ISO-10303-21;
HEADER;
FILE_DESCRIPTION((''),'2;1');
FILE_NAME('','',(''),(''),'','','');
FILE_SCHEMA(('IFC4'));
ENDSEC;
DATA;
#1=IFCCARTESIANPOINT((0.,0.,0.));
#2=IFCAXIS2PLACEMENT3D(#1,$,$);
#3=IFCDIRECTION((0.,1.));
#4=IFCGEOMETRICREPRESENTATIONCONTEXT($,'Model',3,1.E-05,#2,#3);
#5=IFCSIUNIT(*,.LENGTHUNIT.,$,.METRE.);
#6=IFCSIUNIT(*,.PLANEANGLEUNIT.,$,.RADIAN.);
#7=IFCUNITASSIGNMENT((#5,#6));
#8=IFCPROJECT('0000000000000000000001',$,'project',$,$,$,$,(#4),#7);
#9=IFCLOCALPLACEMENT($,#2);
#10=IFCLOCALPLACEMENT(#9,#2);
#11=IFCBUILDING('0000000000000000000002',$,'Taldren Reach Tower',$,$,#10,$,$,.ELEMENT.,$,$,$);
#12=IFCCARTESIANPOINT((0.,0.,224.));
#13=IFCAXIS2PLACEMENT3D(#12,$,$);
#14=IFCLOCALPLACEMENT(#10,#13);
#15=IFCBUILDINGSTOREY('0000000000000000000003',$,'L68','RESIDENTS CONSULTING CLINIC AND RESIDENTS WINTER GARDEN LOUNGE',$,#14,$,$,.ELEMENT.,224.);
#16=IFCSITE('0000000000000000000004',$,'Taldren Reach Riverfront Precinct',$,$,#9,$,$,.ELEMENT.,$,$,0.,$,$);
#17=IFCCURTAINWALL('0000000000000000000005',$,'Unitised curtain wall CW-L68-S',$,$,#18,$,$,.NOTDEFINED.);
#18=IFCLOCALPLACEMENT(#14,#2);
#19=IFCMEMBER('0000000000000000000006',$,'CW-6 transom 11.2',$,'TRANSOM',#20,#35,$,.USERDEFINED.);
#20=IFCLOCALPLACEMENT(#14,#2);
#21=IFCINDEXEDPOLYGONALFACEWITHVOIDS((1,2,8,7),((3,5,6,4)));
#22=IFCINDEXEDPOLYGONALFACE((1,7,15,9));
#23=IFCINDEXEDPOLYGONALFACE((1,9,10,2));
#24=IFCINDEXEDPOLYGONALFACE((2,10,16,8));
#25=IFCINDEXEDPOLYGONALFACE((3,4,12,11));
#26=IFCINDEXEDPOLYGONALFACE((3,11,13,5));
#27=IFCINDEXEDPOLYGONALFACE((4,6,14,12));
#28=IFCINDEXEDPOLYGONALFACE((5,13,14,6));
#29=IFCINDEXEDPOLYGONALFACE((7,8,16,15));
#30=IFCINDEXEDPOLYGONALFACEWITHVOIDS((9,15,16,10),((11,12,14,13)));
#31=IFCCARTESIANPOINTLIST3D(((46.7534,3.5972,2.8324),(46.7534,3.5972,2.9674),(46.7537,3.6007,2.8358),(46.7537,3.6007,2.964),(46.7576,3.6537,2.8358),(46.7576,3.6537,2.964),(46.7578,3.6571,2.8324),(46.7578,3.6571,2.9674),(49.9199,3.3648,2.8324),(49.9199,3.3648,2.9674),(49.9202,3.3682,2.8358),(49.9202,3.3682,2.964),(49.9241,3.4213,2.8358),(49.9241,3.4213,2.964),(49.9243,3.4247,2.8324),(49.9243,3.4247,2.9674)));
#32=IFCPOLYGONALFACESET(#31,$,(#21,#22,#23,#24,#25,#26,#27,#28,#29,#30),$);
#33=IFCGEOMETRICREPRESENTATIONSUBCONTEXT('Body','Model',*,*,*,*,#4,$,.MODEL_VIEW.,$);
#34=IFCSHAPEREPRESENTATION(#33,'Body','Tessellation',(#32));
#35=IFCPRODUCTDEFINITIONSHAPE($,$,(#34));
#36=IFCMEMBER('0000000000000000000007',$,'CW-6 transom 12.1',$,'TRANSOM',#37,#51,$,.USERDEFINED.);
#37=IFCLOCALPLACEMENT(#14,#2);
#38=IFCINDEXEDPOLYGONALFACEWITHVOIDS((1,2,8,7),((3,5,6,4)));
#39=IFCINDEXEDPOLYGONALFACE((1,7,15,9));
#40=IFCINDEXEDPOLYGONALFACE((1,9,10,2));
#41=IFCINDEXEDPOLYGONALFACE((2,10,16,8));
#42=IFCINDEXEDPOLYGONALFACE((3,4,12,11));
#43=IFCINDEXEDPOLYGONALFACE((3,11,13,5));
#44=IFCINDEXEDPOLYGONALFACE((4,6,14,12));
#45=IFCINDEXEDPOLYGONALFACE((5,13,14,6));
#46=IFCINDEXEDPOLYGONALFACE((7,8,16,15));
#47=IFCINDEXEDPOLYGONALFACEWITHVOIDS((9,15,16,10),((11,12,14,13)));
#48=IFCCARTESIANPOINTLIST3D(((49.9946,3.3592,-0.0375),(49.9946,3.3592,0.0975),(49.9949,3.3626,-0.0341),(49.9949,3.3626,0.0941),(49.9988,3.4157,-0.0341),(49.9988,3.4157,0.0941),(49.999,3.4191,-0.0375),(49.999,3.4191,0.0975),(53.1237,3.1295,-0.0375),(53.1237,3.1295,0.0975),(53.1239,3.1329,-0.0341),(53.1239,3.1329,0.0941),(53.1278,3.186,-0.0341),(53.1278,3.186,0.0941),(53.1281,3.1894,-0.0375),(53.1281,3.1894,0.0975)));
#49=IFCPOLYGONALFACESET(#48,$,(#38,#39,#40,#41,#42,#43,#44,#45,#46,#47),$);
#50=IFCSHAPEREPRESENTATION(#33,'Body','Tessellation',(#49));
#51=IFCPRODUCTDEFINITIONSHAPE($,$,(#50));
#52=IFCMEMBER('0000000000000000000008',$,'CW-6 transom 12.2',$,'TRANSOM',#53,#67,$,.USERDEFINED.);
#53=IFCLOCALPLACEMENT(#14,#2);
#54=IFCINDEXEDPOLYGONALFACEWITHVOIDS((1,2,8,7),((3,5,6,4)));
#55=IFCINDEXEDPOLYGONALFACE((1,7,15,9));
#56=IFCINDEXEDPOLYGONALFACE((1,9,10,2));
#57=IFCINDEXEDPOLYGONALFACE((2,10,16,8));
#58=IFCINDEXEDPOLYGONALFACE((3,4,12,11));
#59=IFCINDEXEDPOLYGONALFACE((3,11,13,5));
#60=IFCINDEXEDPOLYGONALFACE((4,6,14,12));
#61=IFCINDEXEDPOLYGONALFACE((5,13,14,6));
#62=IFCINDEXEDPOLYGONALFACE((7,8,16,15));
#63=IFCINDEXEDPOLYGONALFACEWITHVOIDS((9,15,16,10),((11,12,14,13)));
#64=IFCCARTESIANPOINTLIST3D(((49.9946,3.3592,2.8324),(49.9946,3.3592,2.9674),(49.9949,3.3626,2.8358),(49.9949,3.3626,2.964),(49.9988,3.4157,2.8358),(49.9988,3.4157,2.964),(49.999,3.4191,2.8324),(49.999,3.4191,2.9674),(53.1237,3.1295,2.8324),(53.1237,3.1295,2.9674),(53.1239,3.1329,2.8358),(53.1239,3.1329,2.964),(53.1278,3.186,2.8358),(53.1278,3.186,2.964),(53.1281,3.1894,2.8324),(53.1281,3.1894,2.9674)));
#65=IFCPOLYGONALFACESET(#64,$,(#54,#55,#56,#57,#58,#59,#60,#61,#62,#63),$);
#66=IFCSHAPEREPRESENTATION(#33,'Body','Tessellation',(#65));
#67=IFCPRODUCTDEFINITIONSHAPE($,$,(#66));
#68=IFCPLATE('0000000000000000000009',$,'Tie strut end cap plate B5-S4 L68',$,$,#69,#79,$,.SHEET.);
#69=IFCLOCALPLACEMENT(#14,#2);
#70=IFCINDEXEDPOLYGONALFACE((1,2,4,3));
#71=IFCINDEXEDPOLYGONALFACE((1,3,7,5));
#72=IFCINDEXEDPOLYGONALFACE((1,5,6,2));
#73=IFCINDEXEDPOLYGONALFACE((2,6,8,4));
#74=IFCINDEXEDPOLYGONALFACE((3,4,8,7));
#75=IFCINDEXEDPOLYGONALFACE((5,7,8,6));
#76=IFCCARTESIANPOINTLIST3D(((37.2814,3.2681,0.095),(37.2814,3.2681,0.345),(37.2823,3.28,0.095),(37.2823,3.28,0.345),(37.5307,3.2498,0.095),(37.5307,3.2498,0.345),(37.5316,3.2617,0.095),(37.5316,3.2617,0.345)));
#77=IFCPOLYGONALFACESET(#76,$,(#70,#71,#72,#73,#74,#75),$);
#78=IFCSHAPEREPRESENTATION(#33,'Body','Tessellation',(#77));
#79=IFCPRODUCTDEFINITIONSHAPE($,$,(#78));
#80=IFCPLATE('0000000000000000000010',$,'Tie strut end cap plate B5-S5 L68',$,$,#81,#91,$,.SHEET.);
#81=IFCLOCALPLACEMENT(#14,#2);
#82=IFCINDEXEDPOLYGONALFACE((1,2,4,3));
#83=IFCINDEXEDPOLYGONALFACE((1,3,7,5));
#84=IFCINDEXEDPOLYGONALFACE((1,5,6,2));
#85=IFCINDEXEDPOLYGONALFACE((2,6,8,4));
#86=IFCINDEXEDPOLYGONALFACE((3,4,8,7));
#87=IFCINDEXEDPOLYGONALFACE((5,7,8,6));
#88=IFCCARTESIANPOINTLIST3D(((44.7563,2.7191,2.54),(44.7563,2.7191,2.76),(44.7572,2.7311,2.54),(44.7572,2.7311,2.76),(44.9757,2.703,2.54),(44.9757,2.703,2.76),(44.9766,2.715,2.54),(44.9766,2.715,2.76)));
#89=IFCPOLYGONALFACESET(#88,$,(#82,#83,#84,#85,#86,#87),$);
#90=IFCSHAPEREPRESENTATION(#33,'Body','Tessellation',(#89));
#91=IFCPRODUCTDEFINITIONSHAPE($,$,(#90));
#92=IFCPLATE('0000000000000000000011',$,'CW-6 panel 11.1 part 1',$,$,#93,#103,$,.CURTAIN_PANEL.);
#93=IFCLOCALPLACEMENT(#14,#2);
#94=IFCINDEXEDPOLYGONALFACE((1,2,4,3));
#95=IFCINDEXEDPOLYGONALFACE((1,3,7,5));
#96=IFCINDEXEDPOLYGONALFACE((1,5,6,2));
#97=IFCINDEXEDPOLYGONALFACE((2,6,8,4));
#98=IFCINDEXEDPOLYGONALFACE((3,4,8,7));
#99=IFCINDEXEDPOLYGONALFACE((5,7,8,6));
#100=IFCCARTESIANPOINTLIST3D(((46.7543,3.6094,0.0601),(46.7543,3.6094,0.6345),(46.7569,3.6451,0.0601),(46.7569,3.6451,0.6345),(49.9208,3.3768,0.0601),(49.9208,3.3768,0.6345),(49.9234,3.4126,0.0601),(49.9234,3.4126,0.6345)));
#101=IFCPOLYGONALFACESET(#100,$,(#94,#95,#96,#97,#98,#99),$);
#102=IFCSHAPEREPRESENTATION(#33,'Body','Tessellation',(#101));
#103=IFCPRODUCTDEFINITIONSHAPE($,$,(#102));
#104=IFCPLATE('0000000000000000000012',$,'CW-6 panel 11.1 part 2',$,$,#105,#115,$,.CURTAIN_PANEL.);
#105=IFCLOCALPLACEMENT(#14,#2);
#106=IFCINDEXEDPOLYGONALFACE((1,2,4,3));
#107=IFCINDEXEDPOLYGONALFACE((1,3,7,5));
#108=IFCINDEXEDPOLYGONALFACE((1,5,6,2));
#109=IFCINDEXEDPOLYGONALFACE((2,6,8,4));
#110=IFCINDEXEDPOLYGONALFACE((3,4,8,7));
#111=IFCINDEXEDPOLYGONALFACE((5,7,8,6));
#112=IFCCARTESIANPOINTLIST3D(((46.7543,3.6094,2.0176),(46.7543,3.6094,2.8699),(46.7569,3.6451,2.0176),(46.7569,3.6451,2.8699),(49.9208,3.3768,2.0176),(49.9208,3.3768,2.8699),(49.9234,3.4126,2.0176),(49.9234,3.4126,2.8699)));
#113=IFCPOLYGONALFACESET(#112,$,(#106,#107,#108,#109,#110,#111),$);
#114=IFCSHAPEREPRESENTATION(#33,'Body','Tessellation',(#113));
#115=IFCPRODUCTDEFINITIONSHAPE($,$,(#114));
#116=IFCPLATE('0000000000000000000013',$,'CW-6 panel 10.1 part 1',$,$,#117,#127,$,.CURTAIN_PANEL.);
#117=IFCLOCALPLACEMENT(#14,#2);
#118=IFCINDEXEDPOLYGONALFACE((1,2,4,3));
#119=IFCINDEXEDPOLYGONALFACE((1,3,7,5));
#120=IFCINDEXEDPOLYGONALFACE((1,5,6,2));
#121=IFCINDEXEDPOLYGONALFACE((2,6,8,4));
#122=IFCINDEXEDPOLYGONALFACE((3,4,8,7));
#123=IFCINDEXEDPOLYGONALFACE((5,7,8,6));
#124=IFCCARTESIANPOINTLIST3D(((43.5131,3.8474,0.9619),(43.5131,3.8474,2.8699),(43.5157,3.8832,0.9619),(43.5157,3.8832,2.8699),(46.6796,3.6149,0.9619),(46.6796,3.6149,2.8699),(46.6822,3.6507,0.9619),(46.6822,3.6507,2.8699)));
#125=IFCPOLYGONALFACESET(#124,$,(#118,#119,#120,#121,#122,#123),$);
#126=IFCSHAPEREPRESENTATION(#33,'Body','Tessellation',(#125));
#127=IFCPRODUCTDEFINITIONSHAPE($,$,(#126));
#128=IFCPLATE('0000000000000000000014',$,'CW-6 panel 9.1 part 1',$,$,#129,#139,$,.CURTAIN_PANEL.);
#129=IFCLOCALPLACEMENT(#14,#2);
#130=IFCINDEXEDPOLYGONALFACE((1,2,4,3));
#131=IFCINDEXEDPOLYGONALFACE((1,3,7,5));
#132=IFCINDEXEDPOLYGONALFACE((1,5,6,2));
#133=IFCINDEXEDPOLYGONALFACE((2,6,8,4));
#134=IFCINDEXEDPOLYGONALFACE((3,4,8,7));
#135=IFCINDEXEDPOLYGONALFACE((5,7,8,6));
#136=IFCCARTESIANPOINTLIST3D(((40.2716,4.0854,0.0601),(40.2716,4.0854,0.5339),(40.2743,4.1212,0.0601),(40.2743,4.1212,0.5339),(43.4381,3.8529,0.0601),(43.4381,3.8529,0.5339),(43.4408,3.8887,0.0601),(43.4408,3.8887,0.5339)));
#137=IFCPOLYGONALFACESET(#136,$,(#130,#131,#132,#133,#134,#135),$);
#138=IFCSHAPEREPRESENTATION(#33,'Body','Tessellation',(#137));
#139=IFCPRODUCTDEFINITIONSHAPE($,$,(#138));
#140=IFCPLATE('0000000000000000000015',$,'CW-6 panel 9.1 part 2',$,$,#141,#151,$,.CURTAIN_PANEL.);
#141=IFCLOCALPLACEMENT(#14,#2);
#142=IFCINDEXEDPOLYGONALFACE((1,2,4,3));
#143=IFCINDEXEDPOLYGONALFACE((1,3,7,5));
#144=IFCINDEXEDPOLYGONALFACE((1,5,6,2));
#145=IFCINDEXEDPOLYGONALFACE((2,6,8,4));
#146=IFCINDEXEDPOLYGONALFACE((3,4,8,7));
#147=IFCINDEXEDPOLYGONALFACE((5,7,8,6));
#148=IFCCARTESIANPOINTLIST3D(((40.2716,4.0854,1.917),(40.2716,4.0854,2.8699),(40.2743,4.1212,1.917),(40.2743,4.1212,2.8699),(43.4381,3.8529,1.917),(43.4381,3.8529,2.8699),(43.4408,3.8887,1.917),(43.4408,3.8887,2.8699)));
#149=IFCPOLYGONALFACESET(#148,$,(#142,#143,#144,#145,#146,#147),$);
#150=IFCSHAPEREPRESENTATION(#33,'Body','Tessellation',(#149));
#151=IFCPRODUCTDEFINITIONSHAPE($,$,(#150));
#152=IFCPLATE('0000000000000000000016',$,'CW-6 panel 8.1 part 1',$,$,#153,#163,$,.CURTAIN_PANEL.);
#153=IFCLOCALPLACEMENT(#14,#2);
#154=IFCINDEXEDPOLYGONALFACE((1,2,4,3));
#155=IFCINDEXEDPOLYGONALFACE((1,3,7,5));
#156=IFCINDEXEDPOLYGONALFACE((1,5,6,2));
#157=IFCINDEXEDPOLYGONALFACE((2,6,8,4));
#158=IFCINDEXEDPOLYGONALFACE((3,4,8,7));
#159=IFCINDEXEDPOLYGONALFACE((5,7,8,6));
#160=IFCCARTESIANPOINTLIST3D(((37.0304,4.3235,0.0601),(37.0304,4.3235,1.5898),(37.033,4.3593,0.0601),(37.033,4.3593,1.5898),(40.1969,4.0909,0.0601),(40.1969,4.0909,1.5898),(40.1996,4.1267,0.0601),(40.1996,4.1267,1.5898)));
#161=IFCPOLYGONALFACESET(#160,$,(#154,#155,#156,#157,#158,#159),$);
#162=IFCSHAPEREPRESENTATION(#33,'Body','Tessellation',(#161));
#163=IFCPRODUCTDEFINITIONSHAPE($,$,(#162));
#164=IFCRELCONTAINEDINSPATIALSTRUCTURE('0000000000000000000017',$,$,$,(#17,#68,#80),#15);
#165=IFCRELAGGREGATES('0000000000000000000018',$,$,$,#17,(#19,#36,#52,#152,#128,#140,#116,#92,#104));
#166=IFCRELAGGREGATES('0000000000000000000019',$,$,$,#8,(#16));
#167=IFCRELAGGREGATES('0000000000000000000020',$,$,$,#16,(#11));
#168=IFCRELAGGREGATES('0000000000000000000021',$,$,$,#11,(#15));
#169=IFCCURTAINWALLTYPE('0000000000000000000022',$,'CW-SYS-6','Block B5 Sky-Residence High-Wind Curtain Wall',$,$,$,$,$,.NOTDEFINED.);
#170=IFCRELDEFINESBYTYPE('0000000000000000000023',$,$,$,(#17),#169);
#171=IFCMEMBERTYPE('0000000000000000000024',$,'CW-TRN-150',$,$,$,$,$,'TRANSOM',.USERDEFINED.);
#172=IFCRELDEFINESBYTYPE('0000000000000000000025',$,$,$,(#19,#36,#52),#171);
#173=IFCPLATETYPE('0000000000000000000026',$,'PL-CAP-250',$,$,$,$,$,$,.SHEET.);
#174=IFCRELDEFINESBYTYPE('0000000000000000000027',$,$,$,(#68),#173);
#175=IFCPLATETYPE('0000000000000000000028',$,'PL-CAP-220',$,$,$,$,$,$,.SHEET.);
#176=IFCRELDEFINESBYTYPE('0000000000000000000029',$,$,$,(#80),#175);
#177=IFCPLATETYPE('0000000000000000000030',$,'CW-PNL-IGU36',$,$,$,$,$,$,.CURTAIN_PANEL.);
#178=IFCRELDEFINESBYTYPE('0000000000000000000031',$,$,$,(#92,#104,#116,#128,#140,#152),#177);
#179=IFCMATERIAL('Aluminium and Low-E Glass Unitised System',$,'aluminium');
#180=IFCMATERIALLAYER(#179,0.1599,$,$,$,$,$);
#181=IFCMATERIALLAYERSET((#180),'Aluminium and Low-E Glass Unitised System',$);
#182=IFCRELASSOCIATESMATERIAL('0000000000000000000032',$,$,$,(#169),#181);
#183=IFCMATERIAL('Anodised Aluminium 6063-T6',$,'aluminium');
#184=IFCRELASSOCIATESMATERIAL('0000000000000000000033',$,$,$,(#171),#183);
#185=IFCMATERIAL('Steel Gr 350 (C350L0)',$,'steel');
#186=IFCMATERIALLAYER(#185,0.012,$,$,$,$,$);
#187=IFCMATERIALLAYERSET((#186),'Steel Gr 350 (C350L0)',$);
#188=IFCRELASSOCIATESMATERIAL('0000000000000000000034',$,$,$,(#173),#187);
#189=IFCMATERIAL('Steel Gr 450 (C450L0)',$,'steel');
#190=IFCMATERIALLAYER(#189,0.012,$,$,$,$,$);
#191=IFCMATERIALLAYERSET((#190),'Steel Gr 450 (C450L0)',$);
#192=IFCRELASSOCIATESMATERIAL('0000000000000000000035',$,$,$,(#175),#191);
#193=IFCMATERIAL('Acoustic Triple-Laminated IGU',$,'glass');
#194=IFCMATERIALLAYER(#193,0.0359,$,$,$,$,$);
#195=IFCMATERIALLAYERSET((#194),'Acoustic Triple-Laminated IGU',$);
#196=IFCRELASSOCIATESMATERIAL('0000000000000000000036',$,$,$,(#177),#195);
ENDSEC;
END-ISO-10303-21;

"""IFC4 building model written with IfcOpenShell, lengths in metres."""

from ifc_helpers import new_model, si_unit, direction, frame, origin, origin_2d, place, context, subcontext, project, spatial, rectangle, hollow_rectangle, extrude, source, transform, mapped, material, layer, layer_set, material_profile, profile_set, type_object, element, aggregate, save


model = new_model("IFC4")

# Units and contexts
model_context = context("Model", 3, precision=1e-05, world=origin(), true_north=direction((0.0, 1.0)))
body_context = subcontext(model_context, "Body", "Model", "MODEL_VIEW")
ifc_project = project(units=[si_unit("LENGTHUNIT", "METRE"), si_unit("PLANEANGLEUNIT", "RADIAN")], contexts=[model_context])

# Site, building, storey
site_placement = place(None, origin())
site = spatial("IfcSite", under=ifc_project, at=site_placement, Name="Taldren Reach Riverfront Precinct", CompositionType="ELEMENT", RefElevation=0.0)
building_placement = place(site_placement, origin())
building = spatial("IfcBuilding", under=site, at=building_placement, Name="Taldren Reach Tower", CompositionType="ELEMENT")
storey_placement = place(building_placement, frame((0.0, 0.0, 224.0)))
storey = spatial("IfcBuildingStorey", under=building, at=storey_placement, Name="L68", Description="RESIDENTS CONSULTING CLINIC AND RESIDENTS WINTER GARDEN LOUNGE", CompositionType="ELEMENT", Elevation=224.0)

# Shared definitions
ifc_material_1 = material(Name="Steel Gr 350 (C350L0)", Category="steel")
ifc_material_2 = material(Name="Steel Gr 450 (C450L0)", Category="steel")

# Curtain wall, members
ifc_material_3 = material(Name="Aluminium and Low-E Glass Unitised System", Category="aluminium")
ifc_layer_1 = layer(ifc_material_3, 0.1599)
ifc_layer_set_1 = layer_set([ifc_layer_1], Name="Aluminium and Low-E Glass Unitised System")
curtain_wall_type = type_object("IfcCurtainWallType", Name="CW-SYS-6", Description="Block B5 Sky-Residence High-Wind Curtain Wall", PredefinedType="NOTDEFINED", material=ifc_layer_set_1)
curtain_wall_placement = place(storey_placement, origin())
curtain_wall = element("IfcCurtainWall", 1, at=curtain_wall_placement, inside=storey, type_object=curtain_wall_type, Name="Unitised curtain wall CW-L68-S", PredefinedType="NOTDEFINED")
ifc_material_4 = material(Name="Anodised Aluminium 6063-T6", Category="aluminium")
ifc_material_profile_1 = material_profile(ifc_material_4, hollow_rectangle(XDim=0.0601, YDim=0.135, WallThickness=0.0034, at=origin_2d()), Name="ALU-135x60x3.5RHS")
ifc_profile_set_1 = profile_set([ifc_material_profile_1], Name="Anodised Aluminium 6063-T6")
member_type_1 = type_object("IfcMemberType", Name="CW-TRN-150", ElementType="TRANSOM", PredefinedType="USERDEFINED", material=ifc_profile_set_1)
shared_shape_1 = source(origin(), body_context, "Body", "SweptSolid", [
    extrude(hollow_rectangle(XDim=0.0601, YDim=0.135, WallThickness=0.0034, at=origin_2d()), origin(), (0.0, 0.0, 1.0), 3.175),
])
member_1_placement = place(storey_placement, frame((46.7556, 3.6272, 2.8999), z_axis=(0.997317, -0.073203, 0.0), x_axis=(0.073203, 0.997317, 0.0)))
member_1 = element("IfcMember", 2, at=member_1_placement, type_object=member_type_1, Name="CW-6 transom 11.2", ObjectType="TRANSOM", PredefinedType="USERDEFINED", context=body_context, shape_type="MappedRepresentation", body=[
    mapped(shared_shape_1, transform((0.0, 0.0, 0.0), scale=1.0)),
])
shared_shape_2 = source(origin(), body_context, "Body", "SweptSolid", [
    extrude(hollow_rectangle(XDim=0.0601, YDim=0.135, WallThickness=0.0034, at=origin_2d()), origin(), (0.0, 0.0, 1.0), 3.1375),
])
member_2_placement = place(storey_placement, frame((49.9968, 3.3892, 0.03), z_axis=(0.997316, -0.073221, 0.0), x_axis=(0.073221, 0.997316, 0.0)))
member_2 = element("IfcMember", 3, at=member_2_placement, type_object=member_type_1, Name="CW-6 transom 12.1", ObjectType="TRANSOM", PredefinedType="USERDEFINED", context=body_context, shape_type="MappedRepresentation", body=[
    mapped(shared_shape_2, transform((0.0, 0.0, 0.0), scale=1.0)),
])
member_3_placement = place(storey_placement, frame((49.9968, 3.3892, 2.8999), z_axis=(0.997316, -0.073221, 0.0), x_axis=(0.073221, 0.997316, 0.0)))
member_3 = element("IfcMember", 4, at=member_3_placement, type_object=member_type_1, Name="CW-6 transom 12.2", ObjectType="TRANSOM", PredefinedType="USERDEFINED", context=body_context, shape_type="MappedRepresentation", body=[
    mapped(shared_shape_2, transform((0.0, 0.0, 0.0), scale=1.0)),
])

# Plates
ifc_layer_2 = layer(ifc_material_1, 0.012)
ifc_layer_set_2 = layer_set([ifc_layer_2], Name="Steel Gr 350 (C350L0)")
plate_type_1 = type_object("IfcPlateType", Name="PL-CAP-250", PredefinedType="SHEET", material=ifc_layer_set_2)
shared_shape_3 = source(origin(), body_context, "Body", "SweptSolid", [
    extrude(rectangle(XDim=0.25, YDim=0.012, at=origin_2d()), origin(), (0.0, 0.0, 1.0), 0.25),
])
plate_1_placement = place(storey_placement, frame((37.4065, 3.2649, 0.095), z_axis=(0.0, 0.0, 1.0), x_axis=(0.997314, -0.073238, 0.0)))
element("IfcPlate", 5, at=plate_1_placement, inside=storey, type_object=plate_type_1, Name="Tie strut end cap plate B5-S4 L68", PredefinedType="SHEET", context=body_context, shape_type="MappedRepresentation", body=[
    mapped(shared_shape_3, transform((0.0, 0.0, 0.0), scale=1.0)),
])
ifc_layer_3 = layer(ifc_material_2, 0.012)
ifc_layer_set_3 = layer_set([ifc_layer_3], Name="Steel Gr 450 (C450L0)")
plate_type_2 = type_object("IfcPlateType", Name="PL-CAP-220", PredefinedType="SHEET", material=ifc_layer_set_3)
shared_shape_4 = source(origin(), body_context, "Body", "SweptSolid", [
    extrude(rectangle(XDim=0.22, YDim=0.012, at=origin_2d()), origin(), (0.0, 0.0, 1.0), 0.22),
])
plate_2_placement = place(storey_placement, frame((44.8665, 2.717, 2.54), z_axis=(0.0, 0.0, 1.0), x_axis=(0.997314, -0.073238, 0.0)))
element("IfcPlate", 6, at=plate_2_placement, inside=storey, type_object=plate_type_2, Name="Tie strut end cap plate B5-S5 L68", PredefinedType="SHEET", context=body_context, shape_type="MappedRepresentation", body=[
    mapped(shared_shape_4, transform((0.0, 0.0, 0.0), scale=1.0)),
])

# Plates
ifc_material_5 = material(Name="Acoustic Triple-Laminated IGU", Category="glass")
ifc_layer_4 = layer(ifc_material_5, 0.0359)
ifc_layer_set_4 = layer_set([ifc_layer_4], Name="Acoustic Triple-Laminated IGU")
plate_type_3 = type_object("IfcPlateType", Name="CW-PNL-IGU36", PredefinedType="CURTAIN_PANEL", material=ifc_layer_set_4)
shared_shape_5 = source(origin(), body_context, "Body", "SweptSolid", [
    extrude(rectangle(XDim=3.175, YDim=0.0359, at=origin_2d()), origin(), (0.0, 0.0, 1.0), 0.5745),
])
plate_3_placement = place(storey_placement, frame((48.3389, 3.511, 0.0601), z_axis=(0.0, 0.0, 1.0), x_axis=(0.997314, -0.073238, 0.0)))
plate_3 = element("IfcPlate", 7, at=plate_3_placement, type_object=plate_type_3, Name="CW-6 panel 11.1 part 1", PredefinedType="CURTAIN_PANEL", context=body_context, shape_type="MappedRepresentation", body=[
    mapped(shared_shape_5, transform((0.0, 0.0, 0.0), scale=1.0)),
])
shared_shape_6 = source(origin(), body_context, "Body", "SweptSolid", [
    extrude(rectangle(XDim=3.175, YDim=0.0359, at=origin_2d()), origin(), (0.0, 0.0, 1.0), 0.8523),
])
plate_4_placement = place(storey_placement, frame((48.3389, 3.511, 2.0176), z_axis=(0.0, 0.0, 1.0), x_axis=(0.997314, -0.073238, 0.0)))
plate_4 = element("IfcPlate", 8, at=plate_4_placement, type_object=plate_type_3, Name="CW-6 panel 11.1 part 2", PredefinedType="CURTAIN_PANEL", context=body_context, shape_type="MappedRepresentation", body=[
    mapped(shared_shape_6, transform((0.0, 0.0, 0.0), scale=1.0)),
])
shared_shape_7 = source(origin(), body_context, "Body", "SweptSolid", [
    extrude(rectangle(XDim=3.175, YDim=0.0359, at=origin_2d()), origin(), (0.0, 0.0, 1.0), 1.908),
])
plate_5_placement = place(storey_placement, frame((45.0977, 3.749, 0.9619), z_axis=(0.0, 0.0, 1.0), x_axis=(0.997314, -0.073238, 0.0)))
plate_5 = element("IfcPlate", 9, at=plate_5_placement, type_object=plate_type_3, Name="CW-6 panel 10.1 part 1", PredefinedType="CURTAIN_PANEL", context=body_context, shape_type="MappedRepresentation", body=[
    mapped(shared_shape_7, transform((0.0, 0.0, 0.0), scale=1.0)),
])
shared_shape_8 = source(origin(), body_context, "Body", "SweptSolid", [
    extrude(rectangle(XDim=3.175, YDim=0.0359, at=origin_2d()), origin(), (0.0, 0.0, 1.0), 0.4739),
])
plate_6_placement = place(storey_placement, frame((41.8562, 3.9871, 0.0601), z_axis=(0.0, 0.0, 1.0), x_axis=(0.997314, -0.073238, 0.0)))
plate_6 = element("IfcPlate", 10, at=plate_6_placement, type_object=plate_type_3, Name="CW-6 panel 9.1 part 1", PredefinedType="CURTAIN_PANEL", context=body_context, shape_type="MappedRepresentation", body=[
    mapped(shared_shape_8, transform((0.0, 0.0, 0.0), scale=1.0)),
])
shared_shape_9 = source(origin(), body_context, "Body", "SweptSolid", [
    extrude(rectangle(XDim=3.175, YDim=0.0359, at=origin_2d()), origin(), (0.0, 0.0, 1.0), 0.9529),
])
plate_7_placement = place(storey_placement, frame((41.8562, 3.9871, 1.917), z_axis=(0.0, 0.0, 1.0), x_axis=(0.997314, -0.073238, 0.0)))
plate_7 = element("IfcPlate", 11, at=plate_7_placement, type_object=plate_type_3, Name="CW-6 panel 9.1 part 2", PredefinedType="CURTAIN_PANEL", context=body_context, shape_type="MappedRepresentation", body=[
    mapped(shared_shape_9, transform((0.0, 0.0, 0.0), scale=1.0)),
])
shared_shape_10 = source(origin(), body_context, "Body", "SweptSolid", [
    extrude(rectangle(XDim=3.175, YDim=0.0359, at=origin_2d()), origin(), (0.0, 0.0, 1.0), 1.5298),
])
plate_8_placement = place(storey_placement, frame((38.615, 4.2251, 0.0601), z_axis=(0.0, 0.0, 1.0), x_axis=(0.997314, -0.073238, 0.0)))
plate_8 = element("IfcPlate", 12, at=plate_8_placement, type_object=plate_type_3, Name="CW-6 panel 8.1 part 1", PredefinedType="CURTAIN_PANEL", context=body_context, shape_type="MappedRepresentation", body=[
    mapped(shared_shape_10, transform((0.0, 0.0, 0.0), scale=1.0)),
])
aggregate(curtain_wall, [member_1, member_2, member_3, plate_8, plate_6, plate_7, plate_5, plate_3, plate_4])

save(model, "model.ifc")
